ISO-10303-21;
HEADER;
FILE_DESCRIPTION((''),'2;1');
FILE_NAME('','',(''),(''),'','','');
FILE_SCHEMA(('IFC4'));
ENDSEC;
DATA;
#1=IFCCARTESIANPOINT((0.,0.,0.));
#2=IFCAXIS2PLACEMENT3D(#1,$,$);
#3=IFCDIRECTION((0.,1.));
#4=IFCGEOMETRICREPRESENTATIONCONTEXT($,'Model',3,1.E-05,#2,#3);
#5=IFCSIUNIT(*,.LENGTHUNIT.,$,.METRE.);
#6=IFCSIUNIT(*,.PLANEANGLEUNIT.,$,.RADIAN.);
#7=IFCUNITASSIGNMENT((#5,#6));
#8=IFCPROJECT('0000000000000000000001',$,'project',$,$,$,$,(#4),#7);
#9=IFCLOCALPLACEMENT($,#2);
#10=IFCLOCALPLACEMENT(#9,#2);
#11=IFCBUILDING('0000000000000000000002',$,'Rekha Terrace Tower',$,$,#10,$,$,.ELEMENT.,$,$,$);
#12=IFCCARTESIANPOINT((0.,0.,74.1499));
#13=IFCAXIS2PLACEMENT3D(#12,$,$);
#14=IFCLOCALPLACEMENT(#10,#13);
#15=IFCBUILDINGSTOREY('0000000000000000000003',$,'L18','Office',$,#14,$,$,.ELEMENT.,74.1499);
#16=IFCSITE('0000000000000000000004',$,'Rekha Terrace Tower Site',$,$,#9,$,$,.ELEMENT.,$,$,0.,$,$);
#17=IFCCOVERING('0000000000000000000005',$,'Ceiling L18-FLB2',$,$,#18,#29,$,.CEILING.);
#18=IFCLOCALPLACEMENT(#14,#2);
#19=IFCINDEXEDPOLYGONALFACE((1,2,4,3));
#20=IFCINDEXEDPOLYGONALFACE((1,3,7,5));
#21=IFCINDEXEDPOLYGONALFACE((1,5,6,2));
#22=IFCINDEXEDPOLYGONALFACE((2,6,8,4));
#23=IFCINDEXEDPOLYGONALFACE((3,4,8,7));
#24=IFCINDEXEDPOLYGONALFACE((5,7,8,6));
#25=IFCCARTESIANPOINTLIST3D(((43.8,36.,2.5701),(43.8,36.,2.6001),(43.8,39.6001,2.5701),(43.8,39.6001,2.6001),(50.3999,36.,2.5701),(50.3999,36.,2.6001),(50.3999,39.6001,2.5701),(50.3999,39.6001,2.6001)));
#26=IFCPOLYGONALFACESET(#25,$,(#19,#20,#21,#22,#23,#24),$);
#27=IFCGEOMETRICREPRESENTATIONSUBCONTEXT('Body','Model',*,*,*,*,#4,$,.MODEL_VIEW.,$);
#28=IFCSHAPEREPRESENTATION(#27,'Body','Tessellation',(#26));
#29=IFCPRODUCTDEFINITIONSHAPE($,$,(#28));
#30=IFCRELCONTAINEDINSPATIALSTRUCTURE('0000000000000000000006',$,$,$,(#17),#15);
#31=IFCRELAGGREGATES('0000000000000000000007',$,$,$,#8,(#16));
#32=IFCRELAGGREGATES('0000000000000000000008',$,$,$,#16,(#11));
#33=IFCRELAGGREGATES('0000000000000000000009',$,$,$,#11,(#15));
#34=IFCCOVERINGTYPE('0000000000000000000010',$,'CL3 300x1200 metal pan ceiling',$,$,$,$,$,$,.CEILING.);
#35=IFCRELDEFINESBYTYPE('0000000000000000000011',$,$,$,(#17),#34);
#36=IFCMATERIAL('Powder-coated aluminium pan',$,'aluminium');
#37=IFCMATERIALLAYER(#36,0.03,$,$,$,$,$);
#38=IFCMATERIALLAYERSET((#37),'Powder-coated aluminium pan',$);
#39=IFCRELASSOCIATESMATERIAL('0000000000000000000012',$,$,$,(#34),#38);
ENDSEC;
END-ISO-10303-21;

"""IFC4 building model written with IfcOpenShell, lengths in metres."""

from ifc_helpers import new_model, si_unit, direction, frame, origin, place, context, subcontext, project, spatial, polyline, outline, extrude, material, layer, layer_set, type_object, element, save


model = new_model("IFC4")

# Units and contexts
model_context = context("Model", 3, precision=1e-05, world=origin(), true_north=direction((0.0, 1.0)))
body_context = subcontext(model_context, "Body", "Model", "MODEL_VIEW")
ifc_project = project(units=[si_unit("LENGTHUNIT", "METRE"), si_unit("PLANEANGLEUNIT", "RADIAN")], contexts=[model_context])

# Site, building, storey
site_placement = place(None, origin())
site = spatial("IfcSite", under=ifc_project, at=site_placement, Name="Rekha Terrace Tower Site", CompositionType="ELEMENT", RefElevation=0.0)
building_placement = place(site_placement, origin())
building = spatial("IfcBuilding", under=site, at=building_placement, Name="Rekha Terrace Tower", CompositionType="ELEMENT")
storey_placement = place(building_placement, frame((0.0, 0.0, 74.1499)))
storey = spatial("IfcBuildingStorey", under=building, at=storey_placement, Name="L18", Description="Office", CompositionType="ELEMENT", Elevation=74.1499)

# Covering
ifc_material_1 = material(Name="Powder-coated aluminium pan", Category="aluminium")
ifc_layer_1 = layer(ifc_material_1, 0.03)
ifc_layer_set_1 = layer_set([ifc_layer_1], Name="Powder-coated aluminium pan")
covering_type_1 = type_object("IfcCoveringType", Name="CL3 300x1200 metal pan ceiling", PredefinedType="CEILING", material=ifc_layer_set_1)
covering_1_placement = place(storey_placement, frame((0.0, 0.0, 2.5701)))
element("IfcCovering", 1, at=covering_1_placement, inside=storey, type_object=covering_type_1, Name="Ceiling L18-FLB2", PredefinedType="CEILING", context=body_context, shape_type="SweptSolid", body=[
    extrude(outline(polyline([(50.3999, 39.6001), (43.8, 39.6001), (43.8, 36.0), (50.3999, 36.0), (50.3999, 39.6001)])), origin(), (0.0, 0.0, 1.0), 0.03),
])

save(model, "model.ifc")
